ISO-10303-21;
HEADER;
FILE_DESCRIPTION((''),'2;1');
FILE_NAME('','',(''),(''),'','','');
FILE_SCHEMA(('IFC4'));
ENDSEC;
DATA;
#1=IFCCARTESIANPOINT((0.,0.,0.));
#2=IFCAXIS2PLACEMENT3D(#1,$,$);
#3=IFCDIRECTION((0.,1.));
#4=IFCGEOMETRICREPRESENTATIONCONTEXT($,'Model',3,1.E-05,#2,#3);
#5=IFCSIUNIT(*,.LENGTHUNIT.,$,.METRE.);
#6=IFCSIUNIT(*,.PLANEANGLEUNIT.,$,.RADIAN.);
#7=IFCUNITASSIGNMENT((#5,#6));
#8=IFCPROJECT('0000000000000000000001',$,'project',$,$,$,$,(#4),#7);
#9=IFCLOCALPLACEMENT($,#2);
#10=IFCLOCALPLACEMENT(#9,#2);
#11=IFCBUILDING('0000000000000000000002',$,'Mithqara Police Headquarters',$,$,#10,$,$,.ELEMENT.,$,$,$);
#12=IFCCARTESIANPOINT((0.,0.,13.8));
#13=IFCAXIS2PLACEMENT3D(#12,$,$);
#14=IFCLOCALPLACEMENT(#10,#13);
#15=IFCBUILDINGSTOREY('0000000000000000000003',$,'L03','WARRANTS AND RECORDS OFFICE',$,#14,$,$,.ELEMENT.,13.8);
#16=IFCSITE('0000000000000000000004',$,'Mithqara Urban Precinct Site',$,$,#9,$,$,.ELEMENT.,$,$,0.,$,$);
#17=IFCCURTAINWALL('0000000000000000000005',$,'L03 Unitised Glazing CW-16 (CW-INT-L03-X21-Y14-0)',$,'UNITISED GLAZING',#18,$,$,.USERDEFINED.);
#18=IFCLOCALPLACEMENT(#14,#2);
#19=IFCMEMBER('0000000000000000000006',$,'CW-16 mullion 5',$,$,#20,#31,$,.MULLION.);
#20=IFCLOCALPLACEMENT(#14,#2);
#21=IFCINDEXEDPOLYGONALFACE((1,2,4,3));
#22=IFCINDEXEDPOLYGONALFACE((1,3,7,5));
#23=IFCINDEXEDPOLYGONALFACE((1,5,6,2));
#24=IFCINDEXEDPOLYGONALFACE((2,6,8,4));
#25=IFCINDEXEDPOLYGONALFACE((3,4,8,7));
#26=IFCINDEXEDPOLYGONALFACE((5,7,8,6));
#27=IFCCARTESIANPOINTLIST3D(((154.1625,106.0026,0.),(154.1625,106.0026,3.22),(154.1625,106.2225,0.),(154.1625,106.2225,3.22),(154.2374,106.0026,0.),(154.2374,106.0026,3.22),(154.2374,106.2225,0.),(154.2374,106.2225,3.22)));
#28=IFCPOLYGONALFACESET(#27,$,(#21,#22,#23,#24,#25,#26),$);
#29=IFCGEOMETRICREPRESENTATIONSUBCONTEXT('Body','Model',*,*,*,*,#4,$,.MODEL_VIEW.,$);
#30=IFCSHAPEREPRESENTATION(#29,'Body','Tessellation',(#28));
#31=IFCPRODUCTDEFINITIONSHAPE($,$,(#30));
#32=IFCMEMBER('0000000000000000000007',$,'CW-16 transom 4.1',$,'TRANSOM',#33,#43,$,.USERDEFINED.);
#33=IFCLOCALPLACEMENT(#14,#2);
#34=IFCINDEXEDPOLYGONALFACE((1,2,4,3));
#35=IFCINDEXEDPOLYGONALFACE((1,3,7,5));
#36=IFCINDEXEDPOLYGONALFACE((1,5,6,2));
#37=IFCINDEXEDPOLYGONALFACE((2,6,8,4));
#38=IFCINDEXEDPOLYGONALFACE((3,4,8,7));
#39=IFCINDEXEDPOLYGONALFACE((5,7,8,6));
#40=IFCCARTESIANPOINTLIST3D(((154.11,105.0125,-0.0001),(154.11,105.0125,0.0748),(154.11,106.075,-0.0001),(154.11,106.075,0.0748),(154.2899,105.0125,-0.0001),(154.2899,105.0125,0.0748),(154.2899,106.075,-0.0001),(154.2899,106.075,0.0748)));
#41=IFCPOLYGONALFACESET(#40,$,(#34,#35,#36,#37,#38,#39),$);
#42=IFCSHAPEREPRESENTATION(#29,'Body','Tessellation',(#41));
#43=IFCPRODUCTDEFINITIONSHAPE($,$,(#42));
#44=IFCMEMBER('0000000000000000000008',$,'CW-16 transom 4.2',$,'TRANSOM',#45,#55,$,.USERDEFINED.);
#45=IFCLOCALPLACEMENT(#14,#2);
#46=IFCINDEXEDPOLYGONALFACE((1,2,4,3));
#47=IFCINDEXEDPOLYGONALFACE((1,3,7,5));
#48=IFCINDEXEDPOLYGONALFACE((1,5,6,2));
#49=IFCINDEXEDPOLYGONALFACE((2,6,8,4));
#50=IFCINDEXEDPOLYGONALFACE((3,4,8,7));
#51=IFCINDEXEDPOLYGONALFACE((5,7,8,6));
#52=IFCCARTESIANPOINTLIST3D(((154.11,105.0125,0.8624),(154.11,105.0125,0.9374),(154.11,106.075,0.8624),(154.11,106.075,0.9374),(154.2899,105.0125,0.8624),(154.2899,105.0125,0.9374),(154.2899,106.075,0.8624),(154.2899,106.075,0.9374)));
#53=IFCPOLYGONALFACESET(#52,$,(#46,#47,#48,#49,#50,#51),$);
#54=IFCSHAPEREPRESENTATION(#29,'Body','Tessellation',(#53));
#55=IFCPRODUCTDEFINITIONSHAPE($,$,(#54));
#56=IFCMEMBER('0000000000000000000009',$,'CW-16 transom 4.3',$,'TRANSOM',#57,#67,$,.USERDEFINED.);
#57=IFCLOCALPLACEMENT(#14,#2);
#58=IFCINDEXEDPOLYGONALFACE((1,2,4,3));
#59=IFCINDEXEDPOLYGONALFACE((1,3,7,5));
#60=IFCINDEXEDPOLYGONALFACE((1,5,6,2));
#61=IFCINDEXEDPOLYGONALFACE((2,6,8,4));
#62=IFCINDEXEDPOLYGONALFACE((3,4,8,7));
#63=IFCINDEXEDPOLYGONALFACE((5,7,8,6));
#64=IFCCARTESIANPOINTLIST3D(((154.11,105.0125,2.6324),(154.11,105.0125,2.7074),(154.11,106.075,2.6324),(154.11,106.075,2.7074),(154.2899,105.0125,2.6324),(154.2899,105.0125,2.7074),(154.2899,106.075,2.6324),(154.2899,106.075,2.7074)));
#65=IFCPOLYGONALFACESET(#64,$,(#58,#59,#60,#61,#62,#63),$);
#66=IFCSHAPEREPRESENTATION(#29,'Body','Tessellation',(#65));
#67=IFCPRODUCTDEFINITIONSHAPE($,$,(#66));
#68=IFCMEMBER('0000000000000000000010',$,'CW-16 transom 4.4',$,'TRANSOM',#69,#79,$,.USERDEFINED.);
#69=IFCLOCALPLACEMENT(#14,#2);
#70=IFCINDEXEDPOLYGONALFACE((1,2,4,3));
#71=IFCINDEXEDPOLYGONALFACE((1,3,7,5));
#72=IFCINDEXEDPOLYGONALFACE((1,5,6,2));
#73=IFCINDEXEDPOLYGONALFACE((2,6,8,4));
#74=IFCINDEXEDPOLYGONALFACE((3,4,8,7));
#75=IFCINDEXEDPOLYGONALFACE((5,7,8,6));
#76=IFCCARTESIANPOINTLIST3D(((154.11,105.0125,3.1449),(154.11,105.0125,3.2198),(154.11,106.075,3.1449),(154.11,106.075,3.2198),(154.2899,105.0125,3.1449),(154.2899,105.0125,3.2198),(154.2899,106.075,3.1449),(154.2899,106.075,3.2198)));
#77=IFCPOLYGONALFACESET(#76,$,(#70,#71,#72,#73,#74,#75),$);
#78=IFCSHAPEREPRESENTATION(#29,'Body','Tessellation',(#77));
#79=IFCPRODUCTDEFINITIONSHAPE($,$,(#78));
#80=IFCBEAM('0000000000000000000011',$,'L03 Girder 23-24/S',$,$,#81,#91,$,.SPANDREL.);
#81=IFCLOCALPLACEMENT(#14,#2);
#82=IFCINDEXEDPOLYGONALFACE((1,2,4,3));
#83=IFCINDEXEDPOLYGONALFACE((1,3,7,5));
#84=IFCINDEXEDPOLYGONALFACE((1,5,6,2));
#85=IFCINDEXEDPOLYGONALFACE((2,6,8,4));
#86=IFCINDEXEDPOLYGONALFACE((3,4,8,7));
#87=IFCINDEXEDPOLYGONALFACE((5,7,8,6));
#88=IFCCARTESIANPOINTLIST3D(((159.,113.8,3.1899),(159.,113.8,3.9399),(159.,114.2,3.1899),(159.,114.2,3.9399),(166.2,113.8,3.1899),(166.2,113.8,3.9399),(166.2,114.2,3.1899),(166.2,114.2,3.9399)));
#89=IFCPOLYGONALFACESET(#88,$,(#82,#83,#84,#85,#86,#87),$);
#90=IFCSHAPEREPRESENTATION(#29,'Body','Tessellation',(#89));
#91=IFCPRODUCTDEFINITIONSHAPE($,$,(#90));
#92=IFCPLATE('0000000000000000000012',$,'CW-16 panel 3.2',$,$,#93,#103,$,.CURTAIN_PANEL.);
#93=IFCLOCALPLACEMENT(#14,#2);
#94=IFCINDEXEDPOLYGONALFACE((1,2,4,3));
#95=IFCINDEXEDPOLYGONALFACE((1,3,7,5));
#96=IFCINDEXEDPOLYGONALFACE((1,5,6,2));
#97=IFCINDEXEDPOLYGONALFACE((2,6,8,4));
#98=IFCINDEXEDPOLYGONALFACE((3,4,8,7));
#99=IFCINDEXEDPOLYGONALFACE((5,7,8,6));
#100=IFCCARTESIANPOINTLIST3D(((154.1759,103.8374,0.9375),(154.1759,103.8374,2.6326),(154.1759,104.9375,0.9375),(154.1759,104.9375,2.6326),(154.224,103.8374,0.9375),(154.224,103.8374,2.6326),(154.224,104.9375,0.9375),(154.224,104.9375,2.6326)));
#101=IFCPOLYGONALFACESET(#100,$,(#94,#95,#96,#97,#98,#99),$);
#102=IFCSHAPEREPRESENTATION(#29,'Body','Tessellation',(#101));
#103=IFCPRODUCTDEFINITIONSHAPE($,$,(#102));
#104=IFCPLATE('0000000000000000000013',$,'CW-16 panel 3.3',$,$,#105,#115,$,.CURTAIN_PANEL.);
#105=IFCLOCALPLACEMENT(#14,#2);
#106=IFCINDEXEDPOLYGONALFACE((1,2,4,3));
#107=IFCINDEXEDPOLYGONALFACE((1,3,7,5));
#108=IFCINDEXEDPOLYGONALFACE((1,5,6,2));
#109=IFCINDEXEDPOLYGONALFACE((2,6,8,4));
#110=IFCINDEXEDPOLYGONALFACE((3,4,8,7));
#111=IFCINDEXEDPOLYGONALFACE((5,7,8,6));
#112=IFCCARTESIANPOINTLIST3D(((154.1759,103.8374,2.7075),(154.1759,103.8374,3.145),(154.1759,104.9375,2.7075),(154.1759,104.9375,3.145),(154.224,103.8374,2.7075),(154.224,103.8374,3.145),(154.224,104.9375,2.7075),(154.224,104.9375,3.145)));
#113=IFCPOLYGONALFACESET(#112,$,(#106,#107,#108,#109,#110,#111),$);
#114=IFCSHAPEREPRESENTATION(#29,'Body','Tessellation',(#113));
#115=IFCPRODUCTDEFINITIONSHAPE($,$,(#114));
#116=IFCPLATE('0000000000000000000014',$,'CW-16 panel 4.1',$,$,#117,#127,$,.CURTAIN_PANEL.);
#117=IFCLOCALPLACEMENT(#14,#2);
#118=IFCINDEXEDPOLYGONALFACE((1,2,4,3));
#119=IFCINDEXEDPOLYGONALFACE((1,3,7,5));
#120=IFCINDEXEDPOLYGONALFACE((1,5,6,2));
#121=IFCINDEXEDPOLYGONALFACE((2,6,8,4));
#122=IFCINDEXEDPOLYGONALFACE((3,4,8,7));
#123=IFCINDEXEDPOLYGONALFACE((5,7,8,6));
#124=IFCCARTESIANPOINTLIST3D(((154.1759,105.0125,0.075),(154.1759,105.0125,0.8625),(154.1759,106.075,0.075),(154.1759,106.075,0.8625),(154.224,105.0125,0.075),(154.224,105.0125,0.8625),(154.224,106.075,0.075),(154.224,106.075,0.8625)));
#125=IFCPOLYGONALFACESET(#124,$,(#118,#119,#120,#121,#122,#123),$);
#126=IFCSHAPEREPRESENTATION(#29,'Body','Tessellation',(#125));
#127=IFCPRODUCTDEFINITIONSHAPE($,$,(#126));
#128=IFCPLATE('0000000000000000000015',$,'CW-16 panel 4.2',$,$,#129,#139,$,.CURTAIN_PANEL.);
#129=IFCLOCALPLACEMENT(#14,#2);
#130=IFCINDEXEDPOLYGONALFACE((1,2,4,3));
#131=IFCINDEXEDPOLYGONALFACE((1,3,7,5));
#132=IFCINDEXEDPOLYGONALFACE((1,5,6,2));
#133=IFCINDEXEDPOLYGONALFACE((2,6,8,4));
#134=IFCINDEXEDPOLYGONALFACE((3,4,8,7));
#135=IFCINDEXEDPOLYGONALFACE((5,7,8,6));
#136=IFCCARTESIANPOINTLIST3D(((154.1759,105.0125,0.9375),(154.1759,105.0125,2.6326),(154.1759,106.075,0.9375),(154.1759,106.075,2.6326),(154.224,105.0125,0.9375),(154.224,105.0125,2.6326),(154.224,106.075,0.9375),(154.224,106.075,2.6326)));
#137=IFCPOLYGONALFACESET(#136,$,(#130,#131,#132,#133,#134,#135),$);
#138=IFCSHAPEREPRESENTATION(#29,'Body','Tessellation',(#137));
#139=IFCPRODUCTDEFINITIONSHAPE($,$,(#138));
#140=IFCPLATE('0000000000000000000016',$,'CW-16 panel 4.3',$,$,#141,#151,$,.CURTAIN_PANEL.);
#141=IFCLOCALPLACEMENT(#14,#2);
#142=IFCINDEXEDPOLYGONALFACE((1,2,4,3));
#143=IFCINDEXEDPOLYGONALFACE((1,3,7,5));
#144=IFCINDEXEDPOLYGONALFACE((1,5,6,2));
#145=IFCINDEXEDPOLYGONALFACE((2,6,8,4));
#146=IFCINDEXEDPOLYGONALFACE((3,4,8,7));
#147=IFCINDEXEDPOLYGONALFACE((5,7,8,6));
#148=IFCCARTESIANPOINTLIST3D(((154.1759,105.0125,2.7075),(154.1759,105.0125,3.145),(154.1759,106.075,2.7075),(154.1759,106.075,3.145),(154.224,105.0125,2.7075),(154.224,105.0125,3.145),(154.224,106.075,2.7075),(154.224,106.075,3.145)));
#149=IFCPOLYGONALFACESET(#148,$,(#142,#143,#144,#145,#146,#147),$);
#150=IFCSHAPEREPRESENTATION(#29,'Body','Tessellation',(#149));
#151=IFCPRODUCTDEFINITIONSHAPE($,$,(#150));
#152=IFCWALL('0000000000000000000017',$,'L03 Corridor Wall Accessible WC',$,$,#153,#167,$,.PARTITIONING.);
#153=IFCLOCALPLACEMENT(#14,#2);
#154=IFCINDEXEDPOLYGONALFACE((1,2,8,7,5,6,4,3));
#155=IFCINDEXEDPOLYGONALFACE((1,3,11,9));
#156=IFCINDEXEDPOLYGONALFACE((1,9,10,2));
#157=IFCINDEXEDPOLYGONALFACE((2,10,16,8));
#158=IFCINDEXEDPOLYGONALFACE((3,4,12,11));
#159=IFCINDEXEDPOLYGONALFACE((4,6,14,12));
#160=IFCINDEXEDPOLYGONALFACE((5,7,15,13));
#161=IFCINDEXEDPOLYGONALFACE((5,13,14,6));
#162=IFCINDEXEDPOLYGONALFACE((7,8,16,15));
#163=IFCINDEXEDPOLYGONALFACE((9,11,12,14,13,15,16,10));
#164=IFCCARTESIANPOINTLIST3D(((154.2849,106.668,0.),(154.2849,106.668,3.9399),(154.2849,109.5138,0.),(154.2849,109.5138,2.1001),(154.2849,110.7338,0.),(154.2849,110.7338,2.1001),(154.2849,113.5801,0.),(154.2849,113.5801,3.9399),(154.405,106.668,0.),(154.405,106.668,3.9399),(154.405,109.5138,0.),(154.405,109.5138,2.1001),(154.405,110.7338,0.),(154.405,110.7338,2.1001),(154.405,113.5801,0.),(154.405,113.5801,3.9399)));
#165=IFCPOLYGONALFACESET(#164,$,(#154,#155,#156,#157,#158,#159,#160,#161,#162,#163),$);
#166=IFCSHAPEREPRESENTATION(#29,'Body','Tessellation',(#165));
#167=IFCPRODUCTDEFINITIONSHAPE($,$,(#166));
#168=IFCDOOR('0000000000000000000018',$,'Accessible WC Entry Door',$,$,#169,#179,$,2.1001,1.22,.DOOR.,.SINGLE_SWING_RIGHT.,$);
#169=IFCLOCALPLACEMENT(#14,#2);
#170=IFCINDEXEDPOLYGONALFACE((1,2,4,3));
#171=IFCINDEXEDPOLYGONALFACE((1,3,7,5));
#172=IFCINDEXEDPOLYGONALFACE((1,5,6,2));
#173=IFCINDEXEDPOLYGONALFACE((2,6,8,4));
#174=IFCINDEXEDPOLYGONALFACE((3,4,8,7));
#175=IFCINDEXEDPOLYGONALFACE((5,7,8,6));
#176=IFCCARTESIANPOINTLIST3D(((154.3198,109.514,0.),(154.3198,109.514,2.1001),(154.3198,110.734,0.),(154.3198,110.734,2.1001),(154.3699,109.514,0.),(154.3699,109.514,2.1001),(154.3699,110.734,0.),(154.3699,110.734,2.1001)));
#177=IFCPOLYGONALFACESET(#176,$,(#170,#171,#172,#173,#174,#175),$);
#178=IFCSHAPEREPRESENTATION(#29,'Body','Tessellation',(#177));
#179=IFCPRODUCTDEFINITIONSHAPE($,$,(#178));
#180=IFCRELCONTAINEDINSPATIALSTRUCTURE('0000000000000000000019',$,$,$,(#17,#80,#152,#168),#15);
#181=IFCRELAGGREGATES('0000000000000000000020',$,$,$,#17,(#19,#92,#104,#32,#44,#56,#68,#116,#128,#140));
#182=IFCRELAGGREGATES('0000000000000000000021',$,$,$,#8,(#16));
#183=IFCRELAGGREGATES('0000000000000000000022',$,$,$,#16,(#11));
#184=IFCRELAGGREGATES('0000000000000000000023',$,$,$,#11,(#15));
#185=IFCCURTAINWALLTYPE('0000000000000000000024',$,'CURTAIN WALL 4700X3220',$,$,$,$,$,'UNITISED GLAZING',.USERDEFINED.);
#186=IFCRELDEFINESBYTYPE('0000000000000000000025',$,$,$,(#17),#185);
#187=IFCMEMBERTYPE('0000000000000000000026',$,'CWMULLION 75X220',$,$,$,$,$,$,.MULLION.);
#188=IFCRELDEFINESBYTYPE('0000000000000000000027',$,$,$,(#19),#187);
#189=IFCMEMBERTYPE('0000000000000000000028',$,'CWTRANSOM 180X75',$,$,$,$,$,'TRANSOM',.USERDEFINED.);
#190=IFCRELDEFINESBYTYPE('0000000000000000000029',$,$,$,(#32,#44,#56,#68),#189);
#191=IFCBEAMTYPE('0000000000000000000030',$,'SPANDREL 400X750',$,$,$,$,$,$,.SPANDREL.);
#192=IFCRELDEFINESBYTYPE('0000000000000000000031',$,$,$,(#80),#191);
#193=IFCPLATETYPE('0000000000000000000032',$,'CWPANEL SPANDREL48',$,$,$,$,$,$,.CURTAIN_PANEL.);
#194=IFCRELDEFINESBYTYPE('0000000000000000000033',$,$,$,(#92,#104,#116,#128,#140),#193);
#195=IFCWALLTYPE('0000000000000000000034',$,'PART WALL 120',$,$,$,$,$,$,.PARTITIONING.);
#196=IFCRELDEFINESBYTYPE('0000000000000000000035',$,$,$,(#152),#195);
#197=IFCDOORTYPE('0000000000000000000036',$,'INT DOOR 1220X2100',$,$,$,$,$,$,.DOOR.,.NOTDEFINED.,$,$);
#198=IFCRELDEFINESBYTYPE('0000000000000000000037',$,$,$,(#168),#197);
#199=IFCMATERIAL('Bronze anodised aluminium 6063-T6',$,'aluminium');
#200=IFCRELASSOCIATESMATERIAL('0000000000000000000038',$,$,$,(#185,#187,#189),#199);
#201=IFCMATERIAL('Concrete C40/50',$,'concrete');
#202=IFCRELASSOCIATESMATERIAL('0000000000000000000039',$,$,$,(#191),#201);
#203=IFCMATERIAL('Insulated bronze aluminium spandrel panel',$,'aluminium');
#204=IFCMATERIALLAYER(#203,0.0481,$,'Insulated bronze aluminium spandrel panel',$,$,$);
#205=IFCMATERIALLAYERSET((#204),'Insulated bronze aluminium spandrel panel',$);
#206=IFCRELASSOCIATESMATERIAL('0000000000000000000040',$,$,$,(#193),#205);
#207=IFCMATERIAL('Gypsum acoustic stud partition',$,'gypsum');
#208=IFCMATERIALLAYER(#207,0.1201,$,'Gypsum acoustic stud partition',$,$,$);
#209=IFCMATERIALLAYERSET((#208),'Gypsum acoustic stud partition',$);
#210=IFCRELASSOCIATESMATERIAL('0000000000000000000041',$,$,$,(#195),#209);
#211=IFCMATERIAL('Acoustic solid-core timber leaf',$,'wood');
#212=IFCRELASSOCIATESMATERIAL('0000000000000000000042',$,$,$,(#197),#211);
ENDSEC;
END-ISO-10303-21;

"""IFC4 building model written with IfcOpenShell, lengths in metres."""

from ifc_helpers import new_model, si_unit, direction, frame, frame_2d, origin, origin_2d, place, context, subcontext, project, spatial, rectangle, extrude, material, layer, layer_set, material_profile, profile_set, type_object, element, fill, aggregate, save


model = new_model("IFC4")

# Units and contexts
model_context = context("Model", 3, precision=1e-05, world=origin(), true_north=direction((0.0, 1.0)))
body_context = subcontext(model_context, "Body", "Model", "MODEL_VIEW")
ifc_project = project(units=[si_unit("LENGTHUNIT", "METRE"), si_unit("PLANEANGLEUNIT", "RADIAN")], contexts=[model_context])

# Site, building, storey
site_placement = place(None, origin())
site = spatial("IfcSite", under=ifc_project, at=site_placement, Name="Mithqara Urban Precinct Site", CompositionType="ELEMENT", RefElevation=0.0)
building_placement = place(site_placement, origin())
building = spatial("IfcBuilding", under=site, at=building_placement, Name="Mithqara Police Headquarters", CompositionType="ELEMENT")
storey_placement = place(building_placement, frame((0.0, 0.0, 13.8)))
storey = spatial("IfcBuildingStorey", under=building, at=storey_placement, Name="L03", Description="WARRANTS AND RECORDS OFFICE", CompositionType="ELEMENT", Elevation=13.8)

# Shared definitions
ifc_material_1 = material(Name="Concrete C40/50", Category="concrete")

# Curtain wall, members
ifc_material_2 = material(Name="Bronze anodised aluminium 6063-T6", Category="aluminium")
curtain_wall_type = type_object("IfcCurtainWallType", Name="CURTAIN WALL 4700X3220", ElementType="UNITISED GLAZING", PredefinedType="USERDEFINED", material=ifc_material_2)
curtain_wall_placement = place(storey_placement, origin())
curtain_wall = element("IfcCurtainWall", 1, at=curtain_wall_placement, inside=storey, type_object=curtain_wall_type, Name="L03 Unitised Glazing CW-16 (CW-INT-L03-X21-Y14-0)", ObjectType="UNITISED GLAZING", PredefinedType="USERDEFINED")
ifc_material_profile_1 = material_profile(ifc_material_2, rectangle(XDim=0.075, YDim=0.22, at=origin_2d()), Name="CWM 75x220")
ifc_profile_set_1 = profile_set([ifc_material_profile_1], Name="Bronze anodised aluminium 6063-T6")
member_type_1 = type_object("IfcMemberType", Name="CWMULLION 75X220", PredefinedType="MULLION", material=ifc_profile_set_1)
member_1_placement = place(storey_placement, frame((154.2, 106.1125, 0.0), z_axis=(0.0, 0.0, 1.0), x_axis=(-1.0, 0.0, 0.0)))
member_1 = element("IfcMember", 2, at=member_1_placement, type_object=member_type_1, Name="CW-16 mullion 5", PredefinedType="MULLION", context=body_context, shape_type="SweptSolid", body=[
    extrude(rectangle(XDim=0.075, YDim=0.22, at=origin_2d()), origin(), (0.0, 0.0, 1.0), 3.22),
])
ifc_material_profile_2 = material_profile(ifc_material_2, rectangle(XDim=0.1799, YDim=0.075, at=origin_2d()), Name="CWT 180x75")
ifc_profile_set_2 = profile_set([ifc_material_profile_2], Name="Bronze anodised aluminium 6063-T6")
member_type_2 = type_object("IfcMemberType", Name="CWTRANSOM 180X75", ElementType="TRANSOM", PredefinedType="USERDEFINED", material=ifc_profile_set_2)
member_2_placement = place(storey_placement, frame((154.2, 105.0125, 0.0374), z_axis=(0.0, 1.0, 0.0), x_axis=(-1.0, 0.0, 0.0)))
member_2 = element("IfcMember", 3, at=member_2_placement, type_object=member_type_2, Name="CW-16 transom 4.1", ObjectType="TRANSOM", PredefinedType="USERDEFINED", context=body_context, shape_type="SweptSolid", body=[
    extrude(rectangle(XDim=0.1799, YDim=0.075, at=origin_2d()), origin(), (0.0, 0.0, 1.0), 1.0625),
])
member_3_placement = place(storey_placement, frame((154.2, 105.0125, 0.8999), z_axis=(0.0, 1.0, 0.0), x_axis=(-1.0, 0.0, 0.0)))
member_3 = element("IfcMember", 4, at=member_3_placement, type_object=member_type_2, Name="CW-16 transom 4.2", ObjectType="TRANSOM", PredefinedType="USERDEFINED", context=body_context, shape_type="SweptSolid", body=[
    extrude(rectangle(XDim=0.1799, YDim=0.075, at=origin_2d()), origin(), (0.0, 0.0, 1.0), 1.0625),
])
member_4_placement = place(storey_placement, frame((154.2, 105.0125, 2.6699), z_axis=(0.0, 1.0, 0.0), x_axis=(-1.0, 0.0, 0.0)))
member_4 = element("IfcMember", 5, at=member_4_placement, type_object=member_type_2, Name="CW-16 transom 4.3", ObjectType="TRANSOM", PredefinedType="USERDEFINED", context=body_context, shape_type="SweptSolid", body=[
    extrude(rectangle(XDim=0.1799, YDim=0.075, at=origin_2d()), origin(), (0.0, 0.0, 1.0), 1.0625),
])
member_5_placement = place(storey_placement, frame((154.2, 105.0125, 3.1824), z_axis=(0.0, 1.0, 0.0), x_axis=(-1.0, 0.0, 0.0)))
member_5 = element("IfcMember", 6, at=member_5_placement, type_object=member_type_2, Name="CW-16 transom 4.4", ObjectType="TRANSOM", PredefinedType="USERDEFINED", context=body_context, shape_type="SweptSolid", body=[
    extrude(rectangle(XDim=0.1799, YDim=0.075, at=origin_2d()), origin(), (0.0, 0.0, 1.0), 1.0625),
])

# Beam
ifc_material_profile_3 = material_profile(ifc_material_1, rectangle(XDim=0.3999, YDim=0.75, at=origin_2d()), Name="SPB 400x750")
ifc_profile_set_3 = profile_set([ifc_material_profile_3], Name="Concrete C40/50")
beam_type_1 = type_object("IfcBeamType", Name="SPANDREL 400X750", PredefinedType="SPANDREL", material=ifc_profile_set_3)
beam_1_placement = place(storey_placement, frame((159.0, 114.0, 3.5649), z_axis=(1.0, 0.0, 0.0), x_axis=(0.0, 1.0, 0.0)))
element("IfcBeam", 7, at=beam_1_placement, inside=storey, type_object=beam_type_1, Name="L03 Girder 23-24/S", PredefinedType="SPANDREL", context=body_context, shape_type="SweptSolid", body=[
    extrude(rectangle(XDim=0.3999, YDim=0.75, at=origin_2d()), origin(), (0.0, 0.0, 1.0), 7.2),
])

# Plates
ifc_material_3 = material(Name="Insulated bronze aluminium spandrel panel", Category="aluminium")
ifc_layer_1 = layer(ifc_material_3, 0.0481, Name="Insulated bronze aluminium spandrel panel")
ifc_layer_set_1 = layer_set([ifc_layer_1], Name="Insulated bronze aluminium spandrel panel")
plate_type = type_object("IfcPlateType", Name="CWPANEL SPANDREL48", PredefinedType="CURTAIN_PANEL", material=ifc_layer_set_1)
plate_1_placement = place(storey_placement, frame((154.2, 104.3875, 0.9375), z_axis=(0.0, 0.0, 1.0), x_axis=(0.0, 1.0, 0.0)))
plate_1 = element("IfcPlate", 8, at=plate_1_placement, type_object=plate_type, Name="CW-16 panel 3.2", PredefinedType="CURTAIN_PANEL", context=body_context, shape_type="SweptSolid", body=[
    extrude(rectangle(XDim=1.1001, YDim=0.0481, at=origin_2d()), origin(), (0.0, 0.0, 1.0), 1.6951),
])
plate_2_placement = place(storey_placement, frame((154.2, 104.3875, 2.7075), z_axis=(0.0, 0.0, 1.0), x_axis=(0.0, 1.0, 0.0)))
plate_2 = element("IfcPlate", 9, at=plate_2_placement, type_object=plate_type, Name="CW-16 panel 3.3", PredefinedType="CURTAIN_PANEL", context=body_context, shape_type="SweptSolid", body=[
    extrude(rectangle(XDim=1.1001, YDim=0.0481, at=origin_2d()), origin(), (0.0, 0.0, 1.0), 0.4375),
])
plate_3_placement = place(storey_placement, frame((154.2, 105.5437, 0.075), z_axis=(0.0, 0.0, 1.0), x_axis=(0.0, 1.0, 0.0)))
plate_3 = element("IfcPlate", 10, at=plate_3_placement, type_object=plate_type, Name="CW-16 panel 4.1", PredefinedType="CURTAIN_PANEL", context=body_context, shape_type="SweptSolid", body=[
    extrude(rectangle(XDim=1.0625, YDim=0.0481, at=origin_2d()), origin(), (0.0, 0.0, 1.0), 0.7876),
])
plate_4_placement = place(storey_placement, frame((154.2, 105.5437, 0.9375), z_axis=(0.0, 0.0, 1.0), x_axis=(0.0, 1.0, 0.0)))
plate_4 = element("IfcPlate", 11, at=plate_4_placement, type_object=plate_type, Name="CW-16 panel 4.2", PredefinedType="CURTAIN_PANEL", context=body_context, shape_type="SweptSolid", body=[
    extrude(rectangle(XDim=1.0625, YDim=0.0481, at=origin_2d()), origin(), (0.0, 0.0, 1.0), 1.6951),
])
plate_5_placement = place(storey_placement, frame((154.2, 105.5437, 2.7075), z_axis=(0.0, 0.0, 1.0), x_axis=(0.0, 1.0, 0.0)))
plate_5 = element("IfcPlate", 12, at=plate_5_placement, type_object=plate_type, Name="CW-16 panel 4.3", PredefinedType="CURTAIN_PANEL", context=body_context, shape_type="SweptSolid", body=[
    extrude(rectangle(XDim=1.0625, YDim=0.0481, at=origin_2d()), origin(), (0.0, 0.0, 1.0), 0.4375),
])
aggregate(curtain_wall, [member_1, plate_1, plate_2, member_2, member_3, member_4, member_5, plate_3, plate_4, plate_5])

# Wall, opening, door
ifc_material_4 = material(Name="Gypsum acoustic stud partition", Category="gypsum")
ifc_layer_2 = layer(ifc_material_4, 0.1201, Name="Gypsum acoustic stud partition")
ifc_layer_set_2 = layer_set([ifc_layer_2], Name="Gypsum acoustic stud partition")
wall_type = type_object("IfcWallType", Name="PART WALL 120", PredefinedType="PARTITIONING", material=ifc_layer_set_2)
wall_1_placement = place(storey_placement, frame((154.345, 106.668, 0.0), z_axis=(0.0, 0.0, 1.0), x_axis=(0.0, 1.0, 0.0)))
wall_1 = element("IfcWall", 13, at=wall_1_placement, inside=storey, type_object=wall_type, Name="L03 Corridor Wall Accessible WC", PredefinedType="PARTITIONING", context=body_context, shape_type="SweptSolid", body=[
    extrude(rectangle(XDim=6.9121, YDim=0.1201, at=frame_2d((3.4561, 0.0))), origin(), (0.0, 0.0, 1.0), 3.9399),
])
opening_1_placement = place(wall_1_placement, frame((2.8459, 0.0, 0.0)))
opening_1 = element("IfcOpeningElement", 14, at=opening_1_placement, cuts=wall_1, PredefinedType="OPENING", context=body_context, shape_type="SweptSolid", body=[
    extrude(rectangle(XDim=1.22, YDim=2.1001, at=frame_2d((0.6099, 1.05))), frame((0.0, 0.0701, 0.0), z_axis=(0.0, -1.0, 0.0), x_axis=(1.0, 0.0, 0.0)), (0.0, 0.0, 1.0), 0.1401),
])
ifc_material_5 = material(Name="Acoustic solid-core timber leaf", Category="wood")
door_type_1 = type_object("IfcDoorType", Name="INT DOOR 1220X2100", OperationType="NOTDEFINED", PredefinedType="DOOR", material=ifc_material_5)
door_1_placement = place(opening_1_placement, frame((1.22, 0.0, 0.0), z_axis=(0.0, 0.0, 1.0), x_axis=(-1.0, 0.0, 0.0)))
door_1 = element("IfcDoor", 15, at=door_1_placement, inside=storey, type_object=door_type_1, Name="Accessible WC Entry Door", OperationType="SINGLE_SWING_RIGHT", OverallHeight=2.1001, OverallWidth=1.22, PredefinedType="DOOR", context=body_context, shape_type="SweptSolid", body=[
    extrude(rectangle(XDim=1.22, YDim=2.1001, at=frame_2d((0.6099, 1.05))), frame((0.0, 0.0249, 0.0), z_axis=(0.0, -1.0, 0.0), x_axis=(1.0, 0.0, 0.0)), (0.0, 0.0, 1.0), 0.05),
])
fill(opening_1, door_1)

save(model, "model.ifc")
